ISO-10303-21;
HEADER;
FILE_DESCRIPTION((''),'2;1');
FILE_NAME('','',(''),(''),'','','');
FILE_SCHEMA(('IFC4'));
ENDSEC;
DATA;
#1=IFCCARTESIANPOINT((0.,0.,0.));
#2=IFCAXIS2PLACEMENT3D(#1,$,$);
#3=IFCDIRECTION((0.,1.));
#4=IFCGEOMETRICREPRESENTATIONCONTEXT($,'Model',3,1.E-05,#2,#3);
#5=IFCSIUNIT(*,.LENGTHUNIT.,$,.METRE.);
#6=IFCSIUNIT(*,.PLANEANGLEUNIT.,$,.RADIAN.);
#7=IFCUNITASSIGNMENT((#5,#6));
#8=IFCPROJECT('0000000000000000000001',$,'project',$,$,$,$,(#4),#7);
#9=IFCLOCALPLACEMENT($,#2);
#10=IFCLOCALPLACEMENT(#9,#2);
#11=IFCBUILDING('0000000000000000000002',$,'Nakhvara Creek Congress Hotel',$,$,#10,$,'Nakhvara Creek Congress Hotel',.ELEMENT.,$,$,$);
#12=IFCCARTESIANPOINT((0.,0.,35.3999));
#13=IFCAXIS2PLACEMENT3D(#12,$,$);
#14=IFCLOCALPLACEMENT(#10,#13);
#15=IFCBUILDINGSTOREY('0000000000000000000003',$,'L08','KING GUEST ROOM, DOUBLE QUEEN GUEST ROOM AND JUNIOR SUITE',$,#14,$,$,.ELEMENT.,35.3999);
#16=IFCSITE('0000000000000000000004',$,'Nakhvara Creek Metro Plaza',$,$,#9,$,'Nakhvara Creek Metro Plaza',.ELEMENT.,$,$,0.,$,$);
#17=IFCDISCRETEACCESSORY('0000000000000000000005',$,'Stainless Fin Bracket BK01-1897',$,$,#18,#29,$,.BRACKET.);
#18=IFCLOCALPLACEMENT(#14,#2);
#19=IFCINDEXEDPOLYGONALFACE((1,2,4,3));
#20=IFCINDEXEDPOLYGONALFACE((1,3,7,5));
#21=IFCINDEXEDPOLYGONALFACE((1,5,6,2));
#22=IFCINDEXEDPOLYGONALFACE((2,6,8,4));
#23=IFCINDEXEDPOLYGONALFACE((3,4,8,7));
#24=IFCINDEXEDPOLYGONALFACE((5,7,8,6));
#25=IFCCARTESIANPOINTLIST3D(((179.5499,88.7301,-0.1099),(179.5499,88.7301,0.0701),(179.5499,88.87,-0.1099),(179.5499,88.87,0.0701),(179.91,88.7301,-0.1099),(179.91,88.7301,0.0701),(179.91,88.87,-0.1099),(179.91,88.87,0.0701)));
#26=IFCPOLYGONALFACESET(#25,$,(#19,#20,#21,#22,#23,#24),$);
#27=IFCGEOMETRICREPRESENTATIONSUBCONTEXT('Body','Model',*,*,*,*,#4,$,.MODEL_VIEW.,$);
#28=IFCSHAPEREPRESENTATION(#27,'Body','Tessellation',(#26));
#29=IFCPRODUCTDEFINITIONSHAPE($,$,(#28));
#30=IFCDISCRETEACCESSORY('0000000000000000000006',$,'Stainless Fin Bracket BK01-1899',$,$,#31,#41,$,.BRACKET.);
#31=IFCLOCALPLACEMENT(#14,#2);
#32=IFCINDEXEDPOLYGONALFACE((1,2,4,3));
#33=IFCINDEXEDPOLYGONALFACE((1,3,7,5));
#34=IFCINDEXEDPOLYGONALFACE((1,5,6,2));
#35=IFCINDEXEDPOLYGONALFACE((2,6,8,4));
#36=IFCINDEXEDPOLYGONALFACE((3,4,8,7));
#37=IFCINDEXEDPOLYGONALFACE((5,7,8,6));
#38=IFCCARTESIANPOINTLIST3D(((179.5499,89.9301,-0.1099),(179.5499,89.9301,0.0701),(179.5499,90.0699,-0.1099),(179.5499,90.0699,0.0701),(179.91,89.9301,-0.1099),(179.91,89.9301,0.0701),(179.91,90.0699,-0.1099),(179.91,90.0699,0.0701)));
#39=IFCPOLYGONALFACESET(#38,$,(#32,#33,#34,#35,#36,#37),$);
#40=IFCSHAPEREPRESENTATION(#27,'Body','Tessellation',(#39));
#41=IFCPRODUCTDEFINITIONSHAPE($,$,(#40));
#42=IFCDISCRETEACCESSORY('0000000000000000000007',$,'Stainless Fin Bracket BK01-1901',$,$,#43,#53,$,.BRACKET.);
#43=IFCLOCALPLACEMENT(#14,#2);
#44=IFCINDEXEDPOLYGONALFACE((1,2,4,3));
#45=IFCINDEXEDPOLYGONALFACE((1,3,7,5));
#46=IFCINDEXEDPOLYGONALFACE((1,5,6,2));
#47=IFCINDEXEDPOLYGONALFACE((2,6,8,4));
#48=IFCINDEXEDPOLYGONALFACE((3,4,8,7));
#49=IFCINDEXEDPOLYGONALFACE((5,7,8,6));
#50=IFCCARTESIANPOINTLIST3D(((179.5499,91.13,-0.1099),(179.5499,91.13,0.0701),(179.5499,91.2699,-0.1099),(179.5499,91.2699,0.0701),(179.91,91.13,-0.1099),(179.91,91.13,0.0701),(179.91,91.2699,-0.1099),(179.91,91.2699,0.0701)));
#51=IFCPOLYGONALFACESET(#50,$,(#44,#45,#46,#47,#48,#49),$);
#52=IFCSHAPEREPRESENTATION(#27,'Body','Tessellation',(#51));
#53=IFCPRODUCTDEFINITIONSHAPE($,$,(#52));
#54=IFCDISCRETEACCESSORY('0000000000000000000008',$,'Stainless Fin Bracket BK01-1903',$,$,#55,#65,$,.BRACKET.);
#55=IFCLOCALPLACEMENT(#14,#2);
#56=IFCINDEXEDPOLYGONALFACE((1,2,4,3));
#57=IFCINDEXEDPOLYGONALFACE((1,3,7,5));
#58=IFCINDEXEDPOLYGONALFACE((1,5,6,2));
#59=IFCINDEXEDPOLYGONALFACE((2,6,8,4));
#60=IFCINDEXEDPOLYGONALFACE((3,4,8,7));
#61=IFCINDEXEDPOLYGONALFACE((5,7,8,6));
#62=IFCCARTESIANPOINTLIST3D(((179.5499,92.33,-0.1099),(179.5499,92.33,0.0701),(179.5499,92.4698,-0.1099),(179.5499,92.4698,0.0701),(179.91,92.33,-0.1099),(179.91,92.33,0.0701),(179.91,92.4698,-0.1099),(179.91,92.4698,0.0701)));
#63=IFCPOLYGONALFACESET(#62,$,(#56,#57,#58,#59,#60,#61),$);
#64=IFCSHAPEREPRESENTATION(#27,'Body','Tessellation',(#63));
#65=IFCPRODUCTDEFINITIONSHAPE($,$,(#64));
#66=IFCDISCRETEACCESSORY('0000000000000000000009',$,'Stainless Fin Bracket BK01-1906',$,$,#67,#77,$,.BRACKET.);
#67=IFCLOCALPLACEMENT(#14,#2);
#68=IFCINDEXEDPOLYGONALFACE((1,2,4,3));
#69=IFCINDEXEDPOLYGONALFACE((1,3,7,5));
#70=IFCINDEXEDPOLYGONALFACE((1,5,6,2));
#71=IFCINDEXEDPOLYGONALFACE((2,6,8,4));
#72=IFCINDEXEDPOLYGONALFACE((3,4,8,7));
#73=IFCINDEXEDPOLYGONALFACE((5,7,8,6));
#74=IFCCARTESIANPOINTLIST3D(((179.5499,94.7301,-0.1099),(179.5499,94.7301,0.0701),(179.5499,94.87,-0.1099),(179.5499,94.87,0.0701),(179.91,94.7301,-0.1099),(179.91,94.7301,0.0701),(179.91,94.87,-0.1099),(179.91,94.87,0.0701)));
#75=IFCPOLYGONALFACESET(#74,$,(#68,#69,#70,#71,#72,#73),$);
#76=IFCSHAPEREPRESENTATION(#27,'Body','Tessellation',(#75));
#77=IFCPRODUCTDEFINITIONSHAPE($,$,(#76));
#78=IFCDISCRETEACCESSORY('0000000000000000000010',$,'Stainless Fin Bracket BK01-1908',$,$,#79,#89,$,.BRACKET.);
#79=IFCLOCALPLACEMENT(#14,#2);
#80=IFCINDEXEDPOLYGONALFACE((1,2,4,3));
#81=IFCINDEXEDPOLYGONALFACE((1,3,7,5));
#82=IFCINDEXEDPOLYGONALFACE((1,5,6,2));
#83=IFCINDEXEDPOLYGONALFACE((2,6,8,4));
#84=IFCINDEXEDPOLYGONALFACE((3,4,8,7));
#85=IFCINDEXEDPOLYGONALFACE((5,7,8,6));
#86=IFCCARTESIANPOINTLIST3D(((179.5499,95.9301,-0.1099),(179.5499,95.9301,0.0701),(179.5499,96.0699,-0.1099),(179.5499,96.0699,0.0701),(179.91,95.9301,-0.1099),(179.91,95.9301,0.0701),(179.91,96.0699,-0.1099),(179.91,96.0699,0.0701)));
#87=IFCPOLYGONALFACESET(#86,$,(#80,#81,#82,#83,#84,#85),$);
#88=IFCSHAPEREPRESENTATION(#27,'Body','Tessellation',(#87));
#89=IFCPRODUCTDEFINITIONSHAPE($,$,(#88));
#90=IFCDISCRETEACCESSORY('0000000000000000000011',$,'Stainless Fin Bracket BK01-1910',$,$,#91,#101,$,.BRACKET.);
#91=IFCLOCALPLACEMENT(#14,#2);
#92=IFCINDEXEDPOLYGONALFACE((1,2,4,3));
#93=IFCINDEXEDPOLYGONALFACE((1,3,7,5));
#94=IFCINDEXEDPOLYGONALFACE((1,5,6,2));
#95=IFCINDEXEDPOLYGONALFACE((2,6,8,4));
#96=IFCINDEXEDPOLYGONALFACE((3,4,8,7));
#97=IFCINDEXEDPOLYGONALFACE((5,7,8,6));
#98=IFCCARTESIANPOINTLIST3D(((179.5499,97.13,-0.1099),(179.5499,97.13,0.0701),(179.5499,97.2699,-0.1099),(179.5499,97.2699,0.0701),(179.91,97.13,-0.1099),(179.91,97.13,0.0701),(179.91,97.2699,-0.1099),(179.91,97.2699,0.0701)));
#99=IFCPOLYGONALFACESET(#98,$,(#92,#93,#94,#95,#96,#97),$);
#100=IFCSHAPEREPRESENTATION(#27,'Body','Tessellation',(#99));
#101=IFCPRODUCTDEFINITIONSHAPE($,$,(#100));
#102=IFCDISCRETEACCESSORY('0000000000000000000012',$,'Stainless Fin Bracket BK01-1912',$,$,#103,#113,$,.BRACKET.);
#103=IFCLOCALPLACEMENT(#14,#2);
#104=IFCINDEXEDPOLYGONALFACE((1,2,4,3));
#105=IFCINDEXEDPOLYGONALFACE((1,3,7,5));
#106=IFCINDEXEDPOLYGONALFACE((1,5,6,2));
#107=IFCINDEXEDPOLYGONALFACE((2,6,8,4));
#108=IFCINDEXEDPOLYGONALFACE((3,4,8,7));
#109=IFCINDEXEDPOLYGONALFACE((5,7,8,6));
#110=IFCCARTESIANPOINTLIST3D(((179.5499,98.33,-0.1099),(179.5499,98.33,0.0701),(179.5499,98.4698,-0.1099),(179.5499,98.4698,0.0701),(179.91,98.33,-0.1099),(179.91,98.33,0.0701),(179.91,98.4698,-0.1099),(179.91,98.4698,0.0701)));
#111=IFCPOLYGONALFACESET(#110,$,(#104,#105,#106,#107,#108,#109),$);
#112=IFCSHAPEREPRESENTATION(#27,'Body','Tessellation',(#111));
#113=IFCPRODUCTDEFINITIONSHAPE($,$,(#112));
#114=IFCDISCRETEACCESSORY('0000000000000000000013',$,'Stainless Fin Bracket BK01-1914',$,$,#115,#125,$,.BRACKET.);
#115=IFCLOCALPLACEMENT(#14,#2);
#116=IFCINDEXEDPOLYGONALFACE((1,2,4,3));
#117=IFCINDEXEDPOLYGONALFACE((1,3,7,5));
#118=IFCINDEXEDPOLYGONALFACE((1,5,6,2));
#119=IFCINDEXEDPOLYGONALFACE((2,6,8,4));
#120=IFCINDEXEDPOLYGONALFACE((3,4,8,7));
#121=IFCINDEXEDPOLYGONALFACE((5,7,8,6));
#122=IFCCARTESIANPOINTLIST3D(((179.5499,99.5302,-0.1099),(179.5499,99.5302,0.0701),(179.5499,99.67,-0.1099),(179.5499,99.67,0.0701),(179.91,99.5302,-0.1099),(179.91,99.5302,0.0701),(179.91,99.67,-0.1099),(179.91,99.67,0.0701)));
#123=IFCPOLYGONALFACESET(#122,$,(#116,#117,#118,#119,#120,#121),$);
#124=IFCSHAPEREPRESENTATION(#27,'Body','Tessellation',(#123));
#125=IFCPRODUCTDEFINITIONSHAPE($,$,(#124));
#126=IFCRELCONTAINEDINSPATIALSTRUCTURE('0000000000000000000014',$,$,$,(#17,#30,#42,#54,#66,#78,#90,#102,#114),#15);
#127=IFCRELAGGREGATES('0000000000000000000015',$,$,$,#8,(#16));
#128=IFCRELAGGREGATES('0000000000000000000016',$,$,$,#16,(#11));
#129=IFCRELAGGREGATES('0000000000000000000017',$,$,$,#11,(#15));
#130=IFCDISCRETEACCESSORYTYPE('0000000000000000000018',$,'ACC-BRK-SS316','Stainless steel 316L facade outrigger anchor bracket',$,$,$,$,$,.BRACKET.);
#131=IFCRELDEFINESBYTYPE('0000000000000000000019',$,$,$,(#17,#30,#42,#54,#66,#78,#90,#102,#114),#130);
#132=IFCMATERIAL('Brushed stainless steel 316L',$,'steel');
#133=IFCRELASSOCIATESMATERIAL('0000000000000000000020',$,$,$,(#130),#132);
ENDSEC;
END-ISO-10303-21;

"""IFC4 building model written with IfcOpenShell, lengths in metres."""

from ifc_helpers import new_model, si_unit, direction, frame, origin, origin_2d, place, context, subcontext, project, spatial, rectangle, extrude, material, type_object, element, save


model = new_model("IFC4")

# Units and contexts
model_context = context("Model", 3, precision=1e-05, world=origin(), true_north=direction((0.0, 1.0)))
body_context = subcontext(model_context, "Body", "Model", "MODEL_VIEW")
ifc_project = project(units=[si_unit("LENGTHUNIT", "METRE"), si_unit("PLANEANGLEUNIT", "RADIAN")], contexts=[model_context])

# Site, building, storey
site_placement = place(None, origin())
site = spatial("IfcSite", under=ifc_project, at=site_placement, Name="Nakhvara Creek Metro Plaza", LongName="Nakhvara Creek Metro Plaza", CompositionType="ELEMENT", RefElevation=0.0)
building_placement = place(site_placement, origin())
building = spatial("IfcBuilding", under=site, at=building_placement, Name="Nakhvara Creek Congress Hotel", LongName="Nakhvara Creek Congress Hotel", CompositionType="ELEMENT")
storey_placement = place(building_placement, frame((0.0, 0.0, 35.3999)))
storey = spatial("IfcBuildingStorey", under=building, at=storey_placement, Name="L08", Description="KING GUEST ROOM, DOUBLE QUEEN GUEST ROOM AND JUNIOR SUITE", CompositionType="ELEMENT", Elevation=35.3999)

# Discrete accessories
ifc_material_1 = material(Name="Brushed stainless steel 316L", Category="steel")
discrete_accessory_type = type_object("IfcDiscreteAccessoryType", Name="ACC-BRK-SS316", Description="Stainless steel 316L facade outrigger anchor bracket", PredefinedType="BRACKET", material=ifc_material_1)
for number, where, z_axis, x_axis, name in (
    (1, (179.73, 88.8, -0.1099), (0.0, 0.0, 1.0), (0.0, 1.0, 0.0), "Stainless Fin Bracket BK01-1897"),
    (2, (179.73, 90.0, -0.1099), (0.0, 0.0, 1.0), (0.0, 1.0, 0.0), "Stainless Fin Bracket BK01-1899"),
    (3, (179.73, 91.2, -0.1099), (0.0, 0.0, 1.0), (0.0, 1.0, 0.0), "Stainless Fin Bracket BK01-1901"),
    (4, (179.73, 92.3999, -0.1099), (0.0, 0.0, 1.0), (0.0, 1.0, 0.0), "Stainless Fin Bracket BK01-1903"),
    (5, (179.73, 94.8, -0.1099), (0.0, 0.0, 1.0), (0.0, 1.0, 0.0), "Stainless Fin Bracket BK01-1906"),
    (6, (179.73, 96.0, -0.1099), (0.0, 0.0, 1.0), (0.0, 1.0, 0.0), "Stainless Fin Bracket BK01-1908"),
    (7, (179.73, 97.2, -0.1099), (0.0, 0.0, 1.0), (0.0, 1.0, 0.0), "Stainless Fin Bracket BK01-1910"),
    (8, (179.73, 98.3999, -0.1099), (0.0, 0.0, 1.0), (0.0, 1.0, 0.0), "Stainless Fin Bracket BK01-1912"),
    (9, (179.73, 99.6001, -0.1099), (0.0, 0.0, 1.0), (0.0, 1.0, 0.0), "Stainless Fin Bracket BK01-1914"),
):
    element("IfcDiscreteAccessory", number, at=place(storey_placement, frame(where, z_axis=z_axis, x_axis=x_axis)), inside=storey, type_object=discrete_accessory_type, Name=name, PredefinedType="BRACKET", context=body_context, shape_type="SweptSolid", body=[
        extrude(rectangle(XDim=0.1399, YDim=0.3601, at=origin_2d()), origin(), (0.0, 0.0, 1.0), 0.1799),
    ])

save(model, "model.ifc")
